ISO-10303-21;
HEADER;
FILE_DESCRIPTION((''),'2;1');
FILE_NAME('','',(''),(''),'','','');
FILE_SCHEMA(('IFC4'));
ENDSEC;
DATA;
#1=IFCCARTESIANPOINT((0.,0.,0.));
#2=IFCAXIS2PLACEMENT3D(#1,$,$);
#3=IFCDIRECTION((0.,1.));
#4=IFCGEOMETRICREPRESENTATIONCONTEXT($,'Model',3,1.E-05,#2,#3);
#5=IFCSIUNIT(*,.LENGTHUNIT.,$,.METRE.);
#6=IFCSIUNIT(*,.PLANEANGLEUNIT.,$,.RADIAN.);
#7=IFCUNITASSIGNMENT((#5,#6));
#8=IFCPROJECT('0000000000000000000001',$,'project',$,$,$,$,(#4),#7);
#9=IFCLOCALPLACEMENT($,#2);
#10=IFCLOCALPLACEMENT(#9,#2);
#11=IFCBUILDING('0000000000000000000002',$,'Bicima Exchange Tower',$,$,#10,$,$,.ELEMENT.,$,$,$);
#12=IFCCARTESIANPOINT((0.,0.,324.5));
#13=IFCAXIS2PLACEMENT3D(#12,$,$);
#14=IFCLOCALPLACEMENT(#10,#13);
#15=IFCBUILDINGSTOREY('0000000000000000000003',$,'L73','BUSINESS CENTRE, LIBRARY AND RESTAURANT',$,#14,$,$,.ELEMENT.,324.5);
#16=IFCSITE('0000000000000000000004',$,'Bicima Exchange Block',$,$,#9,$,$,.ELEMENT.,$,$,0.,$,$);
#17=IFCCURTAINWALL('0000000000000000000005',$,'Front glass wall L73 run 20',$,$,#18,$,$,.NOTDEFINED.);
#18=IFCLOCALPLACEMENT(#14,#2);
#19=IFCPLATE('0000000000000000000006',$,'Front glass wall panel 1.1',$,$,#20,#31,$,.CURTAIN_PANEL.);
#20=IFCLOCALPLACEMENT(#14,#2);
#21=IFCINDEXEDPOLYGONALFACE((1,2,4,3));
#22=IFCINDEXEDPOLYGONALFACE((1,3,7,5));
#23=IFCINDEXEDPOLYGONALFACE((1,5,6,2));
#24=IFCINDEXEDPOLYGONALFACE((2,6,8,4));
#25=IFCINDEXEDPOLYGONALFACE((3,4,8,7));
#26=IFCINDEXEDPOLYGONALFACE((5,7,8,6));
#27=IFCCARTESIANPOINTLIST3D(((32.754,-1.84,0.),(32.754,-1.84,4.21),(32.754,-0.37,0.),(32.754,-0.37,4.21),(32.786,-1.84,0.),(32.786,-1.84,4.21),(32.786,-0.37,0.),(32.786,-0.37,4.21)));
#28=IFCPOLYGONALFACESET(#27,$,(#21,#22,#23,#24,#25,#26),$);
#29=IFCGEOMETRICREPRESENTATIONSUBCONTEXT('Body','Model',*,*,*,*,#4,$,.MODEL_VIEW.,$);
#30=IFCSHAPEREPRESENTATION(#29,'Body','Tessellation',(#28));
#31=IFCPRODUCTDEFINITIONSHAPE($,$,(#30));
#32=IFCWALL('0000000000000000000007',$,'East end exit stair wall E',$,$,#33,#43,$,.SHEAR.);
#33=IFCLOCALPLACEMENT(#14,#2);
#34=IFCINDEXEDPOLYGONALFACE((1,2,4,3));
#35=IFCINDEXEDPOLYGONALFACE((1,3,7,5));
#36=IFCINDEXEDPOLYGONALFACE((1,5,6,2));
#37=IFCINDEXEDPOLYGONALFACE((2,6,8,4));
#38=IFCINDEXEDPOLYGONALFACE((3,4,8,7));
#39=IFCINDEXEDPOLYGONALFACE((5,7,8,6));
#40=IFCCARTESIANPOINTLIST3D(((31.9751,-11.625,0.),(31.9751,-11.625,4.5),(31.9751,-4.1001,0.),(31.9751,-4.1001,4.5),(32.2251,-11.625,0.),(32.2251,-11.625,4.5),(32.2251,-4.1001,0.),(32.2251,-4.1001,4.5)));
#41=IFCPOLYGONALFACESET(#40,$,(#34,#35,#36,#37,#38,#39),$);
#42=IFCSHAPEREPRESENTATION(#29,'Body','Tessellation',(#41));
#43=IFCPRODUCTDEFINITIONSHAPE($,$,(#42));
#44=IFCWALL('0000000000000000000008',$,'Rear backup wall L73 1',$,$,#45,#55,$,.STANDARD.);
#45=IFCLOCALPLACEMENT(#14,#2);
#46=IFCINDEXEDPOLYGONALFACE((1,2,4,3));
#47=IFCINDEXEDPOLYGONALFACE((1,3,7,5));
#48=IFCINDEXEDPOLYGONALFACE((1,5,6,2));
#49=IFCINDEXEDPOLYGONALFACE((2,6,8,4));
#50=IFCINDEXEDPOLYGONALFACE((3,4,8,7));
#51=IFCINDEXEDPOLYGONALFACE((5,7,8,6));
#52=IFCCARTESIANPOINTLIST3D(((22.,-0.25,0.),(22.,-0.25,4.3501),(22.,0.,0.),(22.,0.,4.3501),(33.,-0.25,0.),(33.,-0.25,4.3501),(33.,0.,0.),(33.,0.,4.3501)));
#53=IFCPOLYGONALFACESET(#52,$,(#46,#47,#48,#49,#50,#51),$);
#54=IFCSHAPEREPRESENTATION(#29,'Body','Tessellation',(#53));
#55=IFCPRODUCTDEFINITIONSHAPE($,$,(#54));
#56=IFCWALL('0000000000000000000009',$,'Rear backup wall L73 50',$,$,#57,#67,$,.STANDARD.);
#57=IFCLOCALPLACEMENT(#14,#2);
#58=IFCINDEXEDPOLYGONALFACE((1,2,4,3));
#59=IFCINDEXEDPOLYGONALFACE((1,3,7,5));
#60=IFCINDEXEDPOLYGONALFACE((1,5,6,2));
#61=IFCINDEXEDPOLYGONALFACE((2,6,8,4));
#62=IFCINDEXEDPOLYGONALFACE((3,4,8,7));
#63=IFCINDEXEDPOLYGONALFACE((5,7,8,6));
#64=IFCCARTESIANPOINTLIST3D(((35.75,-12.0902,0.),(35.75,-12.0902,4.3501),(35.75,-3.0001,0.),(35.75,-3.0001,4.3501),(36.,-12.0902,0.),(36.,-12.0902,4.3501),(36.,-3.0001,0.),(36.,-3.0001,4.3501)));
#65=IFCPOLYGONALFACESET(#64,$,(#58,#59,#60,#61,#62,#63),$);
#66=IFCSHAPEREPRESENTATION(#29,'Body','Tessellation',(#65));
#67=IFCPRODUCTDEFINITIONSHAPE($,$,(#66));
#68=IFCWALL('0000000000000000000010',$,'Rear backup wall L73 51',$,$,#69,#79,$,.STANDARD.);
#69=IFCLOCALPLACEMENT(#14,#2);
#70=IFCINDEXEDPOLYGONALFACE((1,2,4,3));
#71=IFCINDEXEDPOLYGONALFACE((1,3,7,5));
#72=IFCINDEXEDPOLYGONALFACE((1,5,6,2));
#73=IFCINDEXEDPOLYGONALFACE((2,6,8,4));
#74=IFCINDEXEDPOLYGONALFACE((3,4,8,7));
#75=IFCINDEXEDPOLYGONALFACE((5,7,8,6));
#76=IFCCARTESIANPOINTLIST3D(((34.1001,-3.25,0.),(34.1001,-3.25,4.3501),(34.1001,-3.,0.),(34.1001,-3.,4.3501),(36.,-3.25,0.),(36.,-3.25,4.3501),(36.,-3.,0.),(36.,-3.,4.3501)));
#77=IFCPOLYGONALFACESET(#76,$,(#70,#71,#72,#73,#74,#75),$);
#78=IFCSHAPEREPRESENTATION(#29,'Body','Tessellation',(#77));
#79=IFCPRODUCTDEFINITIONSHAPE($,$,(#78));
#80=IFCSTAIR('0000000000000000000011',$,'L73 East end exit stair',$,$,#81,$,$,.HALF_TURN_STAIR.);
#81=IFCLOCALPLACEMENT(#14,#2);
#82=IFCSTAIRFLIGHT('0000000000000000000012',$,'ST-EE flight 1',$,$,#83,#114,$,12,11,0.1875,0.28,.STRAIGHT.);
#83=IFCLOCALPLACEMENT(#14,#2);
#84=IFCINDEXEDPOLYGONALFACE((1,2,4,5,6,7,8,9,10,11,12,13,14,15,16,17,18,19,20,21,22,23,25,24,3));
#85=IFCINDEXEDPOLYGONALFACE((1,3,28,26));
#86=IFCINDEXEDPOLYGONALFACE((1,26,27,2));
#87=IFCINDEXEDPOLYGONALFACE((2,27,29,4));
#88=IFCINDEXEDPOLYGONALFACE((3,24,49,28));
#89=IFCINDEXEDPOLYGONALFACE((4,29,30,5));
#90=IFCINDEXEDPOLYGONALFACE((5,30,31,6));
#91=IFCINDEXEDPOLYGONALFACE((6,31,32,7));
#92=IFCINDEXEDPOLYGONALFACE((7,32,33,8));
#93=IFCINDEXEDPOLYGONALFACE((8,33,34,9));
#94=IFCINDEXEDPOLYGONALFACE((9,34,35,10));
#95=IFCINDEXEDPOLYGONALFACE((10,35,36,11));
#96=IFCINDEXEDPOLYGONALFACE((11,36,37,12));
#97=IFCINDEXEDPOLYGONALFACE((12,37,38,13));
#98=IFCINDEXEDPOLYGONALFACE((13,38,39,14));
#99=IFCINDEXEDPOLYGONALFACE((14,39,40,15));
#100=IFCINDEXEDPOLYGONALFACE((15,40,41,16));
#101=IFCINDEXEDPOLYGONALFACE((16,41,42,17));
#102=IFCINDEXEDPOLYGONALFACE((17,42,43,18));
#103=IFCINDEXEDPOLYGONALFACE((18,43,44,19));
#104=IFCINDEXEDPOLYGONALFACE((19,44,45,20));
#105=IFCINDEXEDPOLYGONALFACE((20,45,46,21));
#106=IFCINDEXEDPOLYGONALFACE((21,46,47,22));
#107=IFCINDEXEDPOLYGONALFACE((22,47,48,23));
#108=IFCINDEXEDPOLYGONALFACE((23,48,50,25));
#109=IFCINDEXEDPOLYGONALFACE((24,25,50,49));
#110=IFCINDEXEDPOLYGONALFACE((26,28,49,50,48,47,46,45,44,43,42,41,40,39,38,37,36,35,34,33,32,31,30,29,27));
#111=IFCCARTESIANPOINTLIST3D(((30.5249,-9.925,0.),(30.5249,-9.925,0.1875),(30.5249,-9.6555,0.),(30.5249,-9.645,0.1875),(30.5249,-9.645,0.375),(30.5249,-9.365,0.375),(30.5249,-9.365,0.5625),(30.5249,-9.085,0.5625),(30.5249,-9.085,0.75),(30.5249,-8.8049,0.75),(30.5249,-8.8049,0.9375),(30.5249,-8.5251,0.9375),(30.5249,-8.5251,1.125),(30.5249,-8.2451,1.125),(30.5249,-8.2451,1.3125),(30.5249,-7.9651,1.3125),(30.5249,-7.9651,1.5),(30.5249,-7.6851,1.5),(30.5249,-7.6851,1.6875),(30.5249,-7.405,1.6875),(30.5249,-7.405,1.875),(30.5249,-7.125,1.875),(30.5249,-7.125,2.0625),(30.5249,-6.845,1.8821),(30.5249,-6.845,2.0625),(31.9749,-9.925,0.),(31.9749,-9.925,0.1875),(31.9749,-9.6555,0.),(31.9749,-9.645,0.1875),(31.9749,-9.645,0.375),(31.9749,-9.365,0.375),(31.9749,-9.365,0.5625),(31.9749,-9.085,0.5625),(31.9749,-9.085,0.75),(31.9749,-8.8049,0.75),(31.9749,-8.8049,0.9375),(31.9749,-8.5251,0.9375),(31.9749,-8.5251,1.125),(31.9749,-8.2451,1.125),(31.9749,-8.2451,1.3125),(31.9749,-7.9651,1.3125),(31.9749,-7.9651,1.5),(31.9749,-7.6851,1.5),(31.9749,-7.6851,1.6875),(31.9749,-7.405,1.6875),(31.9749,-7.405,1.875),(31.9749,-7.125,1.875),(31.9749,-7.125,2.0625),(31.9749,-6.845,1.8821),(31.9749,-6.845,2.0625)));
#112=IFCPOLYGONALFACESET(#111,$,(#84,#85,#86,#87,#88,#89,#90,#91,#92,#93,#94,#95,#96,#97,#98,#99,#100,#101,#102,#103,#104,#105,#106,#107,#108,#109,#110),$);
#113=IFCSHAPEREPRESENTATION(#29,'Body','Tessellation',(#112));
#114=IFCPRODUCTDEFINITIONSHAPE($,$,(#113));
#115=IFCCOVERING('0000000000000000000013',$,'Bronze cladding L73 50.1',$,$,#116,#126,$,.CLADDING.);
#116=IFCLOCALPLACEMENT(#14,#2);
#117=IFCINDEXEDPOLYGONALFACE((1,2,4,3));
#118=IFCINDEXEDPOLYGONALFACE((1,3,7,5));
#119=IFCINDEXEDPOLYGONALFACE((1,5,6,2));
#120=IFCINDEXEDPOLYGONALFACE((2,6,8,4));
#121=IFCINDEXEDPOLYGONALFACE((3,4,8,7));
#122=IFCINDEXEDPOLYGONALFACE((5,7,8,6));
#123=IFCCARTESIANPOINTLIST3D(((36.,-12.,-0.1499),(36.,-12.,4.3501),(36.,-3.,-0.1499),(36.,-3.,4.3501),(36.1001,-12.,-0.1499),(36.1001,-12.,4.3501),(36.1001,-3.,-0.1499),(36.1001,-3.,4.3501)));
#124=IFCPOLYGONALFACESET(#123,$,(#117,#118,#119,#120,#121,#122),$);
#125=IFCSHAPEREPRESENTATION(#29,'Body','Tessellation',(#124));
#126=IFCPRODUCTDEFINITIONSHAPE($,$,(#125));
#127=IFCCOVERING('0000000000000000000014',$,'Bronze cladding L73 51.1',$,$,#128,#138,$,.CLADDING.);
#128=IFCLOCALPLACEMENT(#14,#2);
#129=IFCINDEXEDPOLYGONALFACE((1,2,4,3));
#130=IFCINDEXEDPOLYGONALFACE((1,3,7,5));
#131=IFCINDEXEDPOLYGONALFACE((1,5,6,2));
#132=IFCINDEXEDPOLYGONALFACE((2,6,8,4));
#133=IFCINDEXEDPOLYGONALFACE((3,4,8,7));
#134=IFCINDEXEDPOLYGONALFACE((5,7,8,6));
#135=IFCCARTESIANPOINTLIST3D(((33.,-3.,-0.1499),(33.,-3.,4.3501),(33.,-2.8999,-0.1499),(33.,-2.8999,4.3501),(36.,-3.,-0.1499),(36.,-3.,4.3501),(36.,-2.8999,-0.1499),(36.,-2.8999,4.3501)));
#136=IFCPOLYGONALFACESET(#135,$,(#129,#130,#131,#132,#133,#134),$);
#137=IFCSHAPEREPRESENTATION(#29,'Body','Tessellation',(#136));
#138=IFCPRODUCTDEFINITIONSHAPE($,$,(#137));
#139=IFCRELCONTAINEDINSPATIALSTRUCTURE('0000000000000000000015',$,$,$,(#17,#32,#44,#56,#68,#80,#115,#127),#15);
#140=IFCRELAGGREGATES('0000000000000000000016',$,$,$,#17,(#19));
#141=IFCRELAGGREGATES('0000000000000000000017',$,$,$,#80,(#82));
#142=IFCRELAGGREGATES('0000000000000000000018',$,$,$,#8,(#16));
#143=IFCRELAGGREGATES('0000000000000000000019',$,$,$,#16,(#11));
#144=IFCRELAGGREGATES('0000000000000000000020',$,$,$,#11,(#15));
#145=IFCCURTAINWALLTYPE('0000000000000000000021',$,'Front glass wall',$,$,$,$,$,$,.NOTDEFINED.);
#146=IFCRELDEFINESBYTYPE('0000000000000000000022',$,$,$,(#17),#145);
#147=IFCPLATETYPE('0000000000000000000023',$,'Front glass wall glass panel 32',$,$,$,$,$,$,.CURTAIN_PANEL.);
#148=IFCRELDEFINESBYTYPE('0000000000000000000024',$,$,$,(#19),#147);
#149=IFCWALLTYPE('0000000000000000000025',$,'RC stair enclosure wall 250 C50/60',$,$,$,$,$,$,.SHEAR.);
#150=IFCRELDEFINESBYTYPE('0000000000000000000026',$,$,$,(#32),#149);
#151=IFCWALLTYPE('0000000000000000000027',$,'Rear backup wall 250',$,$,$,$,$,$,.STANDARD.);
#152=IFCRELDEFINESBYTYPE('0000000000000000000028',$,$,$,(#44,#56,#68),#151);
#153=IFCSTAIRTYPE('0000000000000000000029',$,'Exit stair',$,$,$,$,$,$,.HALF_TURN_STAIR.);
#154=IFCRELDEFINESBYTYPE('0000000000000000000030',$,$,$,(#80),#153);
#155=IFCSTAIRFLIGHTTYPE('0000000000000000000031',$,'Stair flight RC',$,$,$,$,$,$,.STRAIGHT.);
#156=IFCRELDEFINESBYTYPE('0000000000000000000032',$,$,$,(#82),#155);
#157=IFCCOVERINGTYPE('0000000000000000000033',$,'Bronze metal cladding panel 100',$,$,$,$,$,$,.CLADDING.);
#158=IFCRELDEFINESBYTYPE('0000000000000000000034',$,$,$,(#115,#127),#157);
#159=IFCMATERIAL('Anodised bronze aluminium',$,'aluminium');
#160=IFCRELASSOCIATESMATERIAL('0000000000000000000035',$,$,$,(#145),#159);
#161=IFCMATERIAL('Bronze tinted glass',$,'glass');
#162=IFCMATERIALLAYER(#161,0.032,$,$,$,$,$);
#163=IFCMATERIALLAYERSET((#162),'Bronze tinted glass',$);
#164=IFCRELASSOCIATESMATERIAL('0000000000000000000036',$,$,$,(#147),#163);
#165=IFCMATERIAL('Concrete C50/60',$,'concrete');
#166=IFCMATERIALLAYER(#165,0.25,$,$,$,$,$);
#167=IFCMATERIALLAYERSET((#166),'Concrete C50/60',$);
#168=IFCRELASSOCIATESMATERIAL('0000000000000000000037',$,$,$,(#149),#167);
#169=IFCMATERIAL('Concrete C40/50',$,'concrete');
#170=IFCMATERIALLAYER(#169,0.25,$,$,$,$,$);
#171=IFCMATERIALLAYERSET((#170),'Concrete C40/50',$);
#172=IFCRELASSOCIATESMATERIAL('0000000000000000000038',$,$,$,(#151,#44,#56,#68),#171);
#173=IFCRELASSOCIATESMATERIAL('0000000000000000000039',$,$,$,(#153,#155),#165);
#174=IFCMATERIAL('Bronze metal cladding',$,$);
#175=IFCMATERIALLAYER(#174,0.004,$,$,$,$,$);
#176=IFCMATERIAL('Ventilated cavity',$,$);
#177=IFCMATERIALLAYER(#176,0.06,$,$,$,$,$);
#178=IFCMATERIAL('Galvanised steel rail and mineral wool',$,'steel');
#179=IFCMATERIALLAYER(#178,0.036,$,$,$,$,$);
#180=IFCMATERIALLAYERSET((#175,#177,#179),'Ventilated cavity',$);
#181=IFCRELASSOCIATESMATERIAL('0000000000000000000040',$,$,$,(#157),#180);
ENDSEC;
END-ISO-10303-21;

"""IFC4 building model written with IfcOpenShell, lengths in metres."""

from ifc_helpers import new_model, si_unit, direction, frame, frame_2d, origin, origin_2d, place, context, subcontext, project, spatial, polyline, rectangle, outline, extrude, material, layer, layer_set, layer_usage, type_object, element, aggregate, save


model = new_model("IFC4")

# Units and contexts
model_context = context("Model", 3, precision=1e-05, world=origin(), true_north=direction((0.0, 1.0)))
body_context = subcontext(model_context, "Body", "Model", "MODEL_VIEW")
ifc_project = project(units=[si_unit("LENGTHUNIT", "METRE"), si_unit("PLANEANGLEUNIT", "RADIAN")], contexts=[model_context])

# Site, building, storey
site_placement = place(None, origin())
site = spatial("IfcSite", under=ifc_project, at=site_placement, Name="Bicima Exchange Block", CompositionType="ELEMENT", RefElevation=0.0)
building_placement = place(site_placement, origin())
building = spatial("IfcBuilding", under=site, at=building_placement, Name="Bicima Exchange Tower", CompositionType="ELEMENT")
storey_placement = place(building_placement, frame((0.0, 0.0, 324.5)))
storey = spatial("IfcBuildingStorey", under=building, at=storey_placement, Name="L73", Description="BUSINESS CENTRE, LIBRARY AND RESTAURANT", CompositionType="ELEMENT", Elevation=324.5)

# Shared definitions
ifc_material_1 = material(Name="Anodised bronze aluminium", Category="aluminium")

# Curtain wall
curtain_wall_type_1 = type_object("IfcCurtainWallType", Name="Front glass wall", PredefinedType="NOTDEFINED", material=ifc_material_1)
curtain_wall_1_placement = place(storey_placement, origin())
curtain_wall_1 = element("IfcCurtainWall", 1, at=curtain_wall_1_placement, inside=storey, type_object=curtain_wall_type_1, Name="Front glass wall L73 run 20", PredefinedType="NOTDEFINED")

# Plate
ifc_material_2 = material(Name="Bronze tinted glass", Category="glass")
ifc_layer_1 = layer(ifc_material_2, 0.032)
ifc_layer_set_1 = layer_set([ifc_layer_1], Name="Bronze tinted glass")
plate_type = type_object("IfcPlateType", Name="Front glass wall glass panel 32", PredefinedType="CURTAIN_PANEL", material=ifc_layer_set_1)
plate_placement = place(storey_placement, frame((32.77, -1.105, 0.0), z_axis=(0.0, 0.0, 1.0), x_axis=(0.0, 1.0, 0.0)))
plate = element("IfcPlate", 2, at=plate_placement, type_object=plate_type, Name="Front glass wall panel 1.1", PredefinedType="CURTAIN_PANEL", context=body_context, shape_type="SweptSolid", body=[
    extrude(rectangle(XDim=1.47, YDim=0.032, at=origin_2d()), origin(), (0.0, 0.0, 1.0), 4.21),
])
aggregate(curtain_wall_1, [plate])

# Walls
ifc_material_3 = material(Name="Concrete C50/60", Category="concrete")
ifc_layer_2 = layer(ifc_material_3, 0.25)
ifc_layer_set_2 = layer_set([ifc_layer_2], Name="Concrete C50/60")
wall_type_1 = type_object("IfcWallType", Name="RC stair enclosure wall 250 C50/60", PredefinedType="SHEAR", material=ifc_layer_set_2)
wall_1_placement = place(storey_placement, frame((32.1001, -11.625, 0.0), z_axis=(0.0, 0.0, 1.0), x_axis=(0.0, 1.0, 0.0)))
element("IfcWall", 3, at=wall_1_placement, inside=storey, type_object=wall_type_1, Name="East end exit stair wall E", PredefinedType="SHEAR", context=body_context, shape_type="SweptSolid", body=[
    extrude(rectangle(XDim=7.5249, YDim=0.25, at=frame_2d((3.7625, 0.0))), origin(), (0.0, 0.0, 1.0), 4.5),
])
ifc_material_4 = material(Name="Concrete C40/50", Category="concrete")
ifc_layer_3 = layer(ifc_material_4, 0.25)
ifc_layer_set_3 = layer_set([ifc_layer_3], Name="Concrete C40/50")
ifc_layer_usage = layer_usage(ifc_layer_set_3, "AXIS2", "POSITIVE", -0.125)
wall_type_2 = type_object("IfcWallType", Name="Rear backup wall 250", PredefinedType="STANDARD", material=ifc_layer_set_3)
wall_2_placement = place(storey_placement, frame((33.0, -0.125, 0.0), z_axis=(0.0, 0.0, 1.0), x_axis=(-1.0, 0.0, 0.0)))
element("IfcWall", 4, at=wall_2_placement, inside=storey, type_object=wall_type_2, material=ifc_layer_usage, Name="Rear backup wall L73 1", PredefinedType="STANDARD", context=body_context, shape_type="SweptSolid", body=[
    extrude(rectangle(XDim=11.0, YDim=0.25, at=frame_2d((5.5, 0.0))), origin(), (0.0, 0.0, 1.0), 4.3501),
])
wall_3_placement = place(storey_placement, frame((35.875, -12.0901, 0.0), z_axis=(0.0, 0.0, 1.0), x_axis=(0.0, 1.0, 0.0)))
element("IfcWall", 5, at=wall_3_placement, inside=storey, type_object=wall_type_2, material=ifc_layer_usage, Name="Rear backup wall L73 50", PredefinedType="STANDARD", context=body_context, shape_type="SweptSolid", body=[
    extrude(rectangle(XDim=9.0901, YDim=0.25, at=frame_2d((4.5449, 0.0))), origin(), (0.0, 0.0, 1.0), 4.3501),
])
wall_4_placement = place(storey_placement, frame((36.0, -3.125, 0.0), z_axis=(0.0, 0.0, 1.0), x_axis=(-1.0, 0.0, 0.0)))
element("IfcWall", 6, at=wall_4_placement, inside=storey, type_object=wall_type_2, material=ifc_layer_usage, Name="Rear backup wall L73 51", PredefinedType="STANDARD", context=body_context, shape_type="SweptSolid", body=[
    extrude(rectangle(XDim=1.8999, YDim=0.25, at=frame_2d((0.95, 0.0))), origin(), (0.0, 0.0, 1.0), 4.3501),
])

# Stair, stair flight
stair_type = type_object("IfcStairType", Name="Exit stair", PredefinedType="HALF_TURN_STAIR", material=ifc_material_3)
stair_placement = place(storey_placement, origin())
stair = element("IfcStair", 7, at=stair_placement, inside=storey, type_object=stair_type, Name="L73 East end exit stair", PredefinedType="HALF_TURN_STAIR")
stair_flight_type = type_object("IfcStairFlightType", Name="Stair flight RC", PredefinedType="STRAIGHT", material=ifc_material_3)
stair_flight_placement = place(storey_placement, frame((31.25, -9.925, 0.0), z_axis=(0.0, 0.0, 1.0), x_axis=(0.0, 1.0, 0.0)))
stair_flight = element("IfcStairFlight", 8, at=stair_flight_placement, type_object=stair_flight_type, Name="ST-EE flight 1", NumberOfRisers=12, NumberOfTreads=11, PredefinedType="STRAIGHT", RiserHeight=0.1875, TreadLength=0.28, context=body_context, shape_type="SweptSolid", body=[
    extrude(outline(polyline([(0.0, 0.0), (0.0, 0.1875), (0.28, 0.1875), (0.28, 0.375), (0.5601, 0.375), (0.5601, 0.5625), (0.8401, 0.5625), (0.8401, 0.75), (1.1201, 0.75), (1.1201, 0.9375), (1.3999, 0.9375), (1.3999, 1.125), (1.6799, 1.125), (1.6799, 1.3125), (1.96, 1.3125), (1.96, 1.5), (2.24, 1.5), (2.24, 1.6875), (2.52, 1.6875), (2.52, 1.875), (2.8, 1.875), (2.8, 2.0625), (3.0801, 2.0625), (3.0801, 2.25), (3.0801, 1.8821), (0.2695, 0.0), (0.0, 0.0)])), frame((0.0, 0.7251, 0.0), z_axis=(0.0, -1.0, 0.0), x_axis=(1.0, 0.0, 0.0)), (0.0, 0.0, 1.0), 1.45),
])
aggregate(stair, [stair_flight])

# Coverings
ifc_material_5 = material(Name="Bronze metal cladding")
ifc_layer_4 = layer(ifc_material_5, 0.004)
ifc_material_6 = material(Name="Ventilated cavity")
ifc_layer_5 = layer(ifc_material_6, 0.06)
ifc_material_7 = material(Name="Galvanised steel rail and mineral wool", Category="steel")
ifc_layer_6 = layer(ifc_material_7, 0.036)
ifc_layer_set_4 = layer_set([ifc_layer_4, ifc_layer_5, ifc_layer_6], Name="Ventilated cavity")
covering_type = type_object("IfcCoveringType", Name="Bronze metal cladding panel 100", PredefinedType="CLADDING", material=ifc_layer_set_4)
covering_1_placement = place(storey_placement, frame((36.05, -7.5, -0.1499), z_axis=(0.0, 0.0, 1.0), x_axis=(0.0, 1.0, 0.0)))
element("IfcCovering", 9, at=covering_1_placement, inside=storey, type_object=covering_type, Name="Bronze cladding L73 50.1", PredefinedType="CLADDING", context=body_context, shape_type="SweptSolid", body=[
    extrude(rectangle(XDim=9.0, YDim=0.1001, at=origin_2d()), origin(), (0.0, 0.0, 1.0), 4.5),
])
covering_2_placement = place(storey_placement, frame((34.5, -2.95, -0.1499), z_axis=(0.0, 0.0, 1.0), x_axis=(-1.0, 0.0, 0.0)))
element("IfcCovering", 10, at=covering_2_placement, inside=storey, type_object=covering_type, Name="Bronze cladding L73 51.1", PredefinedType="CLADDING", context=body_context, shape_type="SweptSolid", body=[
    extrude(rectangle(XDim=3.0, YDim=0.1001, at=origin_2d()), origin(), (0.0, 0.0, 1.0), 4.5),
])

save(model, "model.ifc")
